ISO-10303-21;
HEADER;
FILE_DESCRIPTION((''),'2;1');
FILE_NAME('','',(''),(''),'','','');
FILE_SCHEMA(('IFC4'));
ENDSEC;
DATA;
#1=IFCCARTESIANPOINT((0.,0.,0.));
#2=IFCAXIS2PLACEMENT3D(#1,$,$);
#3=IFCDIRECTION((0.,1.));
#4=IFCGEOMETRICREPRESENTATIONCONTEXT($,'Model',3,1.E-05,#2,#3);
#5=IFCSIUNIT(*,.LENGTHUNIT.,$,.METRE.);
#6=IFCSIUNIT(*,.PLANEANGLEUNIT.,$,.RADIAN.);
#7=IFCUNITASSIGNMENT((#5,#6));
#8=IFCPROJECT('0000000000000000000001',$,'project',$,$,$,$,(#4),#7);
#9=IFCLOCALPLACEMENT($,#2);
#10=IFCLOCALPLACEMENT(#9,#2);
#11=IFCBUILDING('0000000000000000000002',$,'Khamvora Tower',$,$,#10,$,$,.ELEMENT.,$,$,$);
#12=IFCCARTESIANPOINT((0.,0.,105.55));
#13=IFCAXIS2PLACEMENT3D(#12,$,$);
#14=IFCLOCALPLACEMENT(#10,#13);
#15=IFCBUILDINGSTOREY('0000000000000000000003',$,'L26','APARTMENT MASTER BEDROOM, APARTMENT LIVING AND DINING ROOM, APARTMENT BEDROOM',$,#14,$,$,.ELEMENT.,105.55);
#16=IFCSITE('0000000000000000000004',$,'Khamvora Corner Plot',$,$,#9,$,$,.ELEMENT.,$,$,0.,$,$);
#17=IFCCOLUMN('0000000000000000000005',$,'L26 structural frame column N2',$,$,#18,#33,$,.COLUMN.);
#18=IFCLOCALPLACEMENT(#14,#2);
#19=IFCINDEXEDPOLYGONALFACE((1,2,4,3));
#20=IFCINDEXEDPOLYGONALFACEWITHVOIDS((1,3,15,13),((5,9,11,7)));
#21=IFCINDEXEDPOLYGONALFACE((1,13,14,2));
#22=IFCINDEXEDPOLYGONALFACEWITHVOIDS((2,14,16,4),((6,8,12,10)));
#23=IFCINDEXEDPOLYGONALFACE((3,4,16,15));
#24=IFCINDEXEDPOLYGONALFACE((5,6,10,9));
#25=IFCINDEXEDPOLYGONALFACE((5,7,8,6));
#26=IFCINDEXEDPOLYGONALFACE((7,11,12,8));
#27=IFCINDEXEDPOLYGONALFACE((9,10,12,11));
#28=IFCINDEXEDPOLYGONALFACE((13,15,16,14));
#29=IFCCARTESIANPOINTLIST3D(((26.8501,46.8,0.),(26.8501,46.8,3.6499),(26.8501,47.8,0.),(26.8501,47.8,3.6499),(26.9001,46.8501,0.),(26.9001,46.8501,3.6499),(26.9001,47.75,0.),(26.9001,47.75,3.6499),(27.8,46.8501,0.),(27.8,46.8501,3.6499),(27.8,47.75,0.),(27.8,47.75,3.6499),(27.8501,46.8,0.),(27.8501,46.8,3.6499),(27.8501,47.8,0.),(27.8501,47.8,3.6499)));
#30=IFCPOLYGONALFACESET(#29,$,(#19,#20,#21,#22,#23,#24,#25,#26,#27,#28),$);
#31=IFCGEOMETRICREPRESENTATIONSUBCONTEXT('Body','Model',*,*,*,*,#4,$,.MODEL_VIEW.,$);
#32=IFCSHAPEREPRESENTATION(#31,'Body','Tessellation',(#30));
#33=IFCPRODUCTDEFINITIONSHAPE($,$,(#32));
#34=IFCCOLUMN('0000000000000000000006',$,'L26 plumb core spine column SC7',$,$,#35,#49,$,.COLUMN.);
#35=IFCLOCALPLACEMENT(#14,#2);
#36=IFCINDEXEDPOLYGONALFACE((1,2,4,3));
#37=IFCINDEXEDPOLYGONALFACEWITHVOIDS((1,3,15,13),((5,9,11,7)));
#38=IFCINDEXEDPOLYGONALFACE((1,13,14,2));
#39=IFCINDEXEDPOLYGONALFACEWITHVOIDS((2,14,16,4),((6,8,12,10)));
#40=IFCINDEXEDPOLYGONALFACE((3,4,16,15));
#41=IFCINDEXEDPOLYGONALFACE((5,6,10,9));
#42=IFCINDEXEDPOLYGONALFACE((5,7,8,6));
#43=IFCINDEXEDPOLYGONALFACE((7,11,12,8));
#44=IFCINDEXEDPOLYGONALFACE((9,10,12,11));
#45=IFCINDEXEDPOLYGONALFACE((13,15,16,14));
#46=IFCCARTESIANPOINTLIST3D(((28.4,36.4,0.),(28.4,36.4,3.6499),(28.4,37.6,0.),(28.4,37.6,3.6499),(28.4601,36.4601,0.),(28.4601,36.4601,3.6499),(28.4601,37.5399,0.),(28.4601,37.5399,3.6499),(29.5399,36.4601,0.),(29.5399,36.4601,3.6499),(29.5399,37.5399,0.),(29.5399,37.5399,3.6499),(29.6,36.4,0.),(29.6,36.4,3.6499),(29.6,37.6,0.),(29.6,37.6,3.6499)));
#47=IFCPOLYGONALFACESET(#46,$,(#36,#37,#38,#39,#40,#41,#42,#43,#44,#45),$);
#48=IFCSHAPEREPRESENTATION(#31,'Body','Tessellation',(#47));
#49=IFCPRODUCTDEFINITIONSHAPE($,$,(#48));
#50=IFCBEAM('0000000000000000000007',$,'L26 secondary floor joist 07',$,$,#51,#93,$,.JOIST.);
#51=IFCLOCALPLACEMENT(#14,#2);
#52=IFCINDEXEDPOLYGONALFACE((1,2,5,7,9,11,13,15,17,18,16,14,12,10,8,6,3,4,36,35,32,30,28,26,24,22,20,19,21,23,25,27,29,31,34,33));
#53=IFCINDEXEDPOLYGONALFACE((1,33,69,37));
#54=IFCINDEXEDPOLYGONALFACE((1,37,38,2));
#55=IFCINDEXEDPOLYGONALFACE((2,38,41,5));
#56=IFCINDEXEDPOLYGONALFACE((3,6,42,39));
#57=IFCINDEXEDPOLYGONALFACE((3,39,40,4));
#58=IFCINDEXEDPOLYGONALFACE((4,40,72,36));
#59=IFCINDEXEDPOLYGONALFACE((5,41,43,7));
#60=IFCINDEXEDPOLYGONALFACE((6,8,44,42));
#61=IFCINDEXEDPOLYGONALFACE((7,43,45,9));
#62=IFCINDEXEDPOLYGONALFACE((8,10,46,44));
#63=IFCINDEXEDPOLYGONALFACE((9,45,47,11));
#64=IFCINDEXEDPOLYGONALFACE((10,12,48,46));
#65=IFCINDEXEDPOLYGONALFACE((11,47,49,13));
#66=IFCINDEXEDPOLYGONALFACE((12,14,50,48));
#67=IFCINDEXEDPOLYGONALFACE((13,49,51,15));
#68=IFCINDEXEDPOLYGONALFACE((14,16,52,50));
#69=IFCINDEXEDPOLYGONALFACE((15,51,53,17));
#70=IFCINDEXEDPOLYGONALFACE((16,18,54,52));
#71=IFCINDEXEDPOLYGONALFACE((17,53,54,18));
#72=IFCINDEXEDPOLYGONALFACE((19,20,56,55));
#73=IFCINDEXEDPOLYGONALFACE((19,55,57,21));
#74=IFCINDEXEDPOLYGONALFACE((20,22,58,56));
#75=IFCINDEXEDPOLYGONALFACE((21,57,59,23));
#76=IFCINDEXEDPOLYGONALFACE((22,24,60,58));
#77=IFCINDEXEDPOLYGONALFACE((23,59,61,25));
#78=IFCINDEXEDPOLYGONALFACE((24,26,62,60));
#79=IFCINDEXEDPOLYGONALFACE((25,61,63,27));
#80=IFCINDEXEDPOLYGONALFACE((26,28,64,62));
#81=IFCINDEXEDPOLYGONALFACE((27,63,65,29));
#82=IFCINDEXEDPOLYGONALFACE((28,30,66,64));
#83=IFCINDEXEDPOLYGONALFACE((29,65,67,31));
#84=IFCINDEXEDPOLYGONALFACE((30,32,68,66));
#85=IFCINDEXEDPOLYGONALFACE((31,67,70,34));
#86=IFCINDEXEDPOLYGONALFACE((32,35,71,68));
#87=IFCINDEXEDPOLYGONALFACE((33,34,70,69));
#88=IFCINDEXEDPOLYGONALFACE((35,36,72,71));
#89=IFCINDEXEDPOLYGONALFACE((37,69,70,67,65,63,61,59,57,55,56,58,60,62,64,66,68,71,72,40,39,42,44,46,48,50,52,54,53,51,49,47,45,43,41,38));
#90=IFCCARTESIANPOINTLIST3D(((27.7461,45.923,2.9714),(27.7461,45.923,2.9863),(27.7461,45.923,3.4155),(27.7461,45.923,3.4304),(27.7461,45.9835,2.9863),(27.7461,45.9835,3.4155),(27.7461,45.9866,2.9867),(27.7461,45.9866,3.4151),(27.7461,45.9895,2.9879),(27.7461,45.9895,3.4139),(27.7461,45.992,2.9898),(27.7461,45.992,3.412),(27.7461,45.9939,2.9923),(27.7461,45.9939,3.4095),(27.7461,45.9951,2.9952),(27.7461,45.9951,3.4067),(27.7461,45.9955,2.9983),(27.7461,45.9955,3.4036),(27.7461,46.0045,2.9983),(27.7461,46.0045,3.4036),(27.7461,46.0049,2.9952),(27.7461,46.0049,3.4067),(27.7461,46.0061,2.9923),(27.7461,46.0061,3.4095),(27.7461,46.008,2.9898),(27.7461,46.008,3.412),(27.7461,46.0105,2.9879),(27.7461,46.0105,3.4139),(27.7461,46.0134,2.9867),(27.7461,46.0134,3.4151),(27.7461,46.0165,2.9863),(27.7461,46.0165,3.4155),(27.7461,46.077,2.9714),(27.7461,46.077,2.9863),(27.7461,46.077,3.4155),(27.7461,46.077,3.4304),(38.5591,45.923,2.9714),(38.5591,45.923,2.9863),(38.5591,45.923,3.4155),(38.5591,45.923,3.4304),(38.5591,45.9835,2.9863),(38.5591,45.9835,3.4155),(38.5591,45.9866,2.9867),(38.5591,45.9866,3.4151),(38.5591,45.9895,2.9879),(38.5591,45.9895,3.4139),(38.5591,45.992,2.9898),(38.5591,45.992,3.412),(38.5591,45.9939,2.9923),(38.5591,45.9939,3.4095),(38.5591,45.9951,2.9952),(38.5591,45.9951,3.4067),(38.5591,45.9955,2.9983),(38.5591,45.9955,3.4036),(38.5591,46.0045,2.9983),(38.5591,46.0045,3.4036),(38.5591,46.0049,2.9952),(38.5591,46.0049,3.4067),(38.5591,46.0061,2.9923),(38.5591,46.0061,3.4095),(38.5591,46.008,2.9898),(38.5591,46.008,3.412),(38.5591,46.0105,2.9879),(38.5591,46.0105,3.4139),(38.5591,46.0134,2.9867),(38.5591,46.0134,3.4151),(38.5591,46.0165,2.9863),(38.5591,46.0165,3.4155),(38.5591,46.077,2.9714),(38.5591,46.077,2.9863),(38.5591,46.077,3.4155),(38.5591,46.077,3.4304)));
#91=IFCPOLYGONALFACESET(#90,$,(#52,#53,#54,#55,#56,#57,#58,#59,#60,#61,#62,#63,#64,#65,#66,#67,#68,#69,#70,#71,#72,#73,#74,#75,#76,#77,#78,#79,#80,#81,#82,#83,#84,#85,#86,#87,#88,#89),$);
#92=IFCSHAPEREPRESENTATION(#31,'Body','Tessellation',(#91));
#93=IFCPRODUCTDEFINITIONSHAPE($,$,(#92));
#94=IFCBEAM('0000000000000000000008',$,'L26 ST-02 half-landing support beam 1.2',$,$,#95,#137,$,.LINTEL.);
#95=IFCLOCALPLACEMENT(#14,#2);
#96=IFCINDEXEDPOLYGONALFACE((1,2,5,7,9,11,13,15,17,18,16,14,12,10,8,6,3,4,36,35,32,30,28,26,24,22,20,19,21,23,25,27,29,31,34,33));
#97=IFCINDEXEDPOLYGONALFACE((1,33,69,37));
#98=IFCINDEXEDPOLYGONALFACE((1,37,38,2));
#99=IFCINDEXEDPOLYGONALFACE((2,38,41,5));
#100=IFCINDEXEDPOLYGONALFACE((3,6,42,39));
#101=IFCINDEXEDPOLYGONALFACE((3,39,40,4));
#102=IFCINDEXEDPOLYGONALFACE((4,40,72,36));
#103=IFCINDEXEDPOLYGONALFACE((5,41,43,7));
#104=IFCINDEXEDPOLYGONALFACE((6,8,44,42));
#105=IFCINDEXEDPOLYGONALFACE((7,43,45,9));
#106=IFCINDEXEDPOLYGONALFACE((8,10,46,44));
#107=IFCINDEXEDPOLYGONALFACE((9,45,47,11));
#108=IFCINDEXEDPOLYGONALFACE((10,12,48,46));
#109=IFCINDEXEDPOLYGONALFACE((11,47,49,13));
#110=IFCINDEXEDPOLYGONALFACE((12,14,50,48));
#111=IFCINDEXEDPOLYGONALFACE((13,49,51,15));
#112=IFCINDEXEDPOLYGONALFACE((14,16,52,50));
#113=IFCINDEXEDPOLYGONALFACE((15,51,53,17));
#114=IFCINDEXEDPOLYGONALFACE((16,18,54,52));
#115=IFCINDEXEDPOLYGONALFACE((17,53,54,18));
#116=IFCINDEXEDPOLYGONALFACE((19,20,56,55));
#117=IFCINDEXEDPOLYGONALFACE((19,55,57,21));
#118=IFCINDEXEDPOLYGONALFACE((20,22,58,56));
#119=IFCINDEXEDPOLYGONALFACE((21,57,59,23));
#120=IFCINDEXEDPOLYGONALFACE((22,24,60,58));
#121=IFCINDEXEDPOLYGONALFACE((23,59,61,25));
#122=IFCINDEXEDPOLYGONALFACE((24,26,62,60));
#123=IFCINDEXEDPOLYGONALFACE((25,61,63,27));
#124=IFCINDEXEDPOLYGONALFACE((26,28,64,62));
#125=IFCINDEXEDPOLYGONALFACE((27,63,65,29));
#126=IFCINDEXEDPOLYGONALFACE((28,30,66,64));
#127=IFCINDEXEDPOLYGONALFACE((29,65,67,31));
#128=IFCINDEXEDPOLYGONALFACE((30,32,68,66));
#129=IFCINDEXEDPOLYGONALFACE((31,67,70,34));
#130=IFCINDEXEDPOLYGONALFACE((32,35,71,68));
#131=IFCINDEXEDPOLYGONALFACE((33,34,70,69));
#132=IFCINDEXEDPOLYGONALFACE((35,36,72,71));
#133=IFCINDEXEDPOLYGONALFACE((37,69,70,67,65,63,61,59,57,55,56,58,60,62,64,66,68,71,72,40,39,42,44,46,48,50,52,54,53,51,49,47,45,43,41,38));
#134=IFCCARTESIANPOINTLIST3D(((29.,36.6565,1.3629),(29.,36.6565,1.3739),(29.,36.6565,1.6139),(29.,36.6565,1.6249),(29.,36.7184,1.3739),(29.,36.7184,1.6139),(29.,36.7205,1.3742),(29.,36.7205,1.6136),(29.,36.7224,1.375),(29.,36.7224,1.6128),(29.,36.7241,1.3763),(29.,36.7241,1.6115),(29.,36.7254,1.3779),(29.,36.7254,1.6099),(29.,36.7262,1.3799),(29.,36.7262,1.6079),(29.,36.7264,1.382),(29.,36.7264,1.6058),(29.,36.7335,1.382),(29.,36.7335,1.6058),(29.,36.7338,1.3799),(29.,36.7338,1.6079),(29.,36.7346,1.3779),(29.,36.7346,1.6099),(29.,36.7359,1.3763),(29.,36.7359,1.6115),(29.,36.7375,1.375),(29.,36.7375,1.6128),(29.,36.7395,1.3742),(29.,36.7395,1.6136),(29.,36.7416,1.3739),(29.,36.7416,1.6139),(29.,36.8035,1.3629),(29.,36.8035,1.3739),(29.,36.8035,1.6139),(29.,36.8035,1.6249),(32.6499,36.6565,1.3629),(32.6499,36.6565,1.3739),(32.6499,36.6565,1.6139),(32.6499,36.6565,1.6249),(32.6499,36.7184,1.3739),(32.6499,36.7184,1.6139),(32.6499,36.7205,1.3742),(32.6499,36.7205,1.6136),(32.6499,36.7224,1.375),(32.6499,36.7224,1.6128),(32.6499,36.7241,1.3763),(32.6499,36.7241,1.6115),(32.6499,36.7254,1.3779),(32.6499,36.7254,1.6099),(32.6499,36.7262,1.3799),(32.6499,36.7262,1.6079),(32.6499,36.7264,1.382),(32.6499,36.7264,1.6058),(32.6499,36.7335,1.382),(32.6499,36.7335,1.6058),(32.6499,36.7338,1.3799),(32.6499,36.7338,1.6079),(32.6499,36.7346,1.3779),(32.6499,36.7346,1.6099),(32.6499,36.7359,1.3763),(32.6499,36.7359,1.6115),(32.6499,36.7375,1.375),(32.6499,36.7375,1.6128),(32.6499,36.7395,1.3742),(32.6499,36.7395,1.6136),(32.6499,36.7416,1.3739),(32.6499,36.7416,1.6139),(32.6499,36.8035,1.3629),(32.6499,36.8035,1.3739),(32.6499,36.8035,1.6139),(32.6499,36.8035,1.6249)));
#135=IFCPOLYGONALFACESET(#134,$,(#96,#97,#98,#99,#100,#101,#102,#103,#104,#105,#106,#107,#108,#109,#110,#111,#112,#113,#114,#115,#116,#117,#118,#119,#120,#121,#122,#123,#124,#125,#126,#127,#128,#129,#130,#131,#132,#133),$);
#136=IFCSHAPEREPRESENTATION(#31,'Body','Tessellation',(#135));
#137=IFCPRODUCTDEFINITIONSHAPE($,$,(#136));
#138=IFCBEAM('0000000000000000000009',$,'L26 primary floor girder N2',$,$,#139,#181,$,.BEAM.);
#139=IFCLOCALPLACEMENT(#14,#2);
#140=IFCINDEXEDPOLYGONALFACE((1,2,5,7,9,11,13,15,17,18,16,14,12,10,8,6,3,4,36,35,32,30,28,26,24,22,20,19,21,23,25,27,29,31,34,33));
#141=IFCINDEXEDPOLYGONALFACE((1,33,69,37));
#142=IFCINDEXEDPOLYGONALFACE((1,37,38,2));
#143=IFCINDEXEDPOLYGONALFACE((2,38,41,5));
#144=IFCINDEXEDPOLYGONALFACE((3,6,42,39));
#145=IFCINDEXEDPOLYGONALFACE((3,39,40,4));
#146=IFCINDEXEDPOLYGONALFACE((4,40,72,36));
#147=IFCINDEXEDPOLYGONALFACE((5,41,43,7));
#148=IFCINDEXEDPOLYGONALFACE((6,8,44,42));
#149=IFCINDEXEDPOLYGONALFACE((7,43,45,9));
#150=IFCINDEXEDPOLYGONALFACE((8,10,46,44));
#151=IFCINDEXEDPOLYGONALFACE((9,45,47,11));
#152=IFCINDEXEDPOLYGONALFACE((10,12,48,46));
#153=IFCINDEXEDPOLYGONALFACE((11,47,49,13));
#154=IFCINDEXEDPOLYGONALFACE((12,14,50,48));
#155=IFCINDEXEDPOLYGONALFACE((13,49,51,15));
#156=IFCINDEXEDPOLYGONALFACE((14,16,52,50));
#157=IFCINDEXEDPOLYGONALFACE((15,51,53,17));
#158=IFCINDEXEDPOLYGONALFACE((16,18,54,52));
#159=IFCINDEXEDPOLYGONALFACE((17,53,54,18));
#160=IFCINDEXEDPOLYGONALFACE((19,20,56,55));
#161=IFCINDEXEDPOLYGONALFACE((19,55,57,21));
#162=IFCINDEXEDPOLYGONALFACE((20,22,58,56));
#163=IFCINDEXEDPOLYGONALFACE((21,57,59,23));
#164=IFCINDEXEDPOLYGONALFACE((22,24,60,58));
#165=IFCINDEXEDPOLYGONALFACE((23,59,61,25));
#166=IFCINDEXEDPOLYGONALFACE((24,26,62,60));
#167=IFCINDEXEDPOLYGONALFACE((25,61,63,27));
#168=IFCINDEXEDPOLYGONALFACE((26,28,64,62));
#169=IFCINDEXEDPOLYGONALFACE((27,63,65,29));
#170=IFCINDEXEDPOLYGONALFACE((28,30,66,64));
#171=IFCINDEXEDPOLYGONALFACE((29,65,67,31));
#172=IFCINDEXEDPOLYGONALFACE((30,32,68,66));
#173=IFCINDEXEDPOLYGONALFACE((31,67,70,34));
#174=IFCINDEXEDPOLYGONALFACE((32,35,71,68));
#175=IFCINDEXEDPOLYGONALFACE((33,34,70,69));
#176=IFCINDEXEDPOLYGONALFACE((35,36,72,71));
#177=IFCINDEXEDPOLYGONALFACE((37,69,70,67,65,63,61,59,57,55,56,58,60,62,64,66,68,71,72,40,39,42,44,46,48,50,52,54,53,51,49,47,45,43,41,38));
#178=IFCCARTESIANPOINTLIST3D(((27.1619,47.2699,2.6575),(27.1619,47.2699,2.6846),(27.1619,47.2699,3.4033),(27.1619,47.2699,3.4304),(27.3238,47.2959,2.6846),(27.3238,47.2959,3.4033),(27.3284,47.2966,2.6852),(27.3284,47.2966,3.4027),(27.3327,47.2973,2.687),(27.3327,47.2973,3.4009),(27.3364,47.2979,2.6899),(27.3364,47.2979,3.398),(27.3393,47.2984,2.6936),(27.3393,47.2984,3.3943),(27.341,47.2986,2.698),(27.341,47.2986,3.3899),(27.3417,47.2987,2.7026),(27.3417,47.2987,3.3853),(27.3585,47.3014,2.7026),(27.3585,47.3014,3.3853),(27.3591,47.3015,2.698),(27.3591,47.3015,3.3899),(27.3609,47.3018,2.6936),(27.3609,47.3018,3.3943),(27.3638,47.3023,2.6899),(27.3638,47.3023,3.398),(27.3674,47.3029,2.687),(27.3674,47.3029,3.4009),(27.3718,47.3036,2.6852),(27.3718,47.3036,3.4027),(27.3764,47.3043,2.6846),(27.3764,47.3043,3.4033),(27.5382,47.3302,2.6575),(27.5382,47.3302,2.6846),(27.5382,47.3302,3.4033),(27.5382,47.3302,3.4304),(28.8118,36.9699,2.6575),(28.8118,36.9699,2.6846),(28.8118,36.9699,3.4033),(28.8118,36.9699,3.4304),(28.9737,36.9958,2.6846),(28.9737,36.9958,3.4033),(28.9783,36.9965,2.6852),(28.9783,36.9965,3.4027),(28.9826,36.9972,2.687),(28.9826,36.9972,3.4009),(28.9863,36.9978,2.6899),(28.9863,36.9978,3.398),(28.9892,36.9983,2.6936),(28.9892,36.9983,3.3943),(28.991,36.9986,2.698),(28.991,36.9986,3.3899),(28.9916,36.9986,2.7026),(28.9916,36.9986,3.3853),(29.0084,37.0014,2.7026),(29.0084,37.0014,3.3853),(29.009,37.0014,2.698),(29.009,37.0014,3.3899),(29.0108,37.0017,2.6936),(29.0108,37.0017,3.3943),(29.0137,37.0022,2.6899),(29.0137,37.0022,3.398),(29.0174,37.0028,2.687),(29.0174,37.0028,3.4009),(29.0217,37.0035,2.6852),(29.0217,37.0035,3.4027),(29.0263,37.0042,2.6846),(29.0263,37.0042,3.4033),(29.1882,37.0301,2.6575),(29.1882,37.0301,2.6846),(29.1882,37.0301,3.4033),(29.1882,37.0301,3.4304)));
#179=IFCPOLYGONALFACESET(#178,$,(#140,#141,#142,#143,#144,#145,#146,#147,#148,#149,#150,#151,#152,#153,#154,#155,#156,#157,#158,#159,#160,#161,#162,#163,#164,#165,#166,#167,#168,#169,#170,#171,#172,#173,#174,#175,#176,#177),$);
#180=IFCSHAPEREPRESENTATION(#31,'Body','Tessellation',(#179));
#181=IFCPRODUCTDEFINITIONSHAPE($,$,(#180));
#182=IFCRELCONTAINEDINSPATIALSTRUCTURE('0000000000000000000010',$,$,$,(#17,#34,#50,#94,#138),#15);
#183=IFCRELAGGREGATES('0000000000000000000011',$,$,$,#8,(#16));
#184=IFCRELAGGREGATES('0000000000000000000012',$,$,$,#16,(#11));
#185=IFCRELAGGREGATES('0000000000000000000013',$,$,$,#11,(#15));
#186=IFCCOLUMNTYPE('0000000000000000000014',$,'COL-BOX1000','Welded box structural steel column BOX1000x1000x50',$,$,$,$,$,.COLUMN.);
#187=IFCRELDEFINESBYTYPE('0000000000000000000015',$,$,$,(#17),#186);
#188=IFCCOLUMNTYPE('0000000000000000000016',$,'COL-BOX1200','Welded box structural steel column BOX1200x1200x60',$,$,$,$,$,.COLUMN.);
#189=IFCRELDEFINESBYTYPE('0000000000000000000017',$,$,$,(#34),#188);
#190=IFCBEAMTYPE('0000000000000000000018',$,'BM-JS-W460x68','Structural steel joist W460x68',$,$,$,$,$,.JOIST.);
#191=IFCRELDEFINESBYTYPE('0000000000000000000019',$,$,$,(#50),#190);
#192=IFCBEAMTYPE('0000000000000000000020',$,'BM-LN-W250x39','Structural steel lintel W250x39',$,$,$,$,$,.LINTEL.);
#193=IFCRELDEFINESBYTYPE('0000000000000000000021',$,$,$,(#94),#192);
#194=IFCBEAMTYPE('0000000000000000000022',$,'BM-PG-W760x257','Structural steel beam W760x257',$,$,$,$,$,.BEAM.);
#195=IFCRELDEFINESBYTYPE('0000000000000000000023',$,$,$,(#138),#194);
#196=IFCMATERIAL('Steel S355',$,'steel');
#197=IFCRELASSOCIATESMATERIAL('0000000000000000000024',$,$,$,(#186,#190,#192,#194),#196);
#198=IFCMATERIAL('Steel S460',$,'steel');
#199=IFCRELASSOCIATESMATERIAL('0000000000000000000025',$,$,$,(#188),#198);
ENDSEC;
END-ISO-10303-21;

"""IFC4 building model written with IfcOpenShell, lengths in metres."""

from ifc_helpers import new_model, si_unit, direction, frame, origin, origin_2d, place, context, subcontext, project, spatial, hollow_rectangle, i_section, extrude, material, material_profile, profile_set, type_object, element, save


model = new_model("IFC4")

# Units and contexts
model_context = context("Model", 3, precision=1e-05, world=origin(), true_north=direction((0.0, 1.0)))
body_context = subcontext(model_context, "Body", "Model", "MODEL_VIEW")
ifc_project = project(units=[si_unit("LENGTHUNIT", "METRE"), si_unit("PLANEANGLEUNIT", "RADIAN")], contexts=[model_context])

# Site, building, storey
site_placement = place(None, origin())
site = spatial("IfcSite", under=ifc_project, at=site_placement, Name="Khamvora Corner Plot", CompositionType="ELEMENT", RefElevation=0.0)
building_placement = place(site_placement, origin())
building = spatial("IfcBuilding", under=site, at=building_placement, Name="Khamvora Tower", CompositionType="ELEMENT")
storey_placement = place(building_placement, frame((0.0, 0.0, 105.55)))
storey = spatial("IfcBuildingStorey", under=building, at=storey_placement, Name="L26", Description="APARTMENT MASTER BEDROOM, APARTMENT LIVING AND DINING ROOM, APARTMENT BEDROOM", CompositionType="ELEMENT", Elevation=105.55)

# Columns
ifc_material_1 = material(Name="Steel S355", Category="steel")
ifc_material_profile_1 = material_profile(ifc_material_1, hollow_rectangle(XDim=1.0, YDim=1.0, WallThickness=0.05, at=origin_2d()), Name="BOX1000x1000x50")
ifc_profile_set_1 = profile_set([ifc_material_profile_1], Name="Steel S355")
column_type_1 = type_object("IfcColumnType", Name="COL-BOX1000", Description="Welded box structural steel column BOX1000x1000x50", PredefinedType="COLUMN", material=ifc_profile_set_1)
column_1_placement = place(storey_placement, frame((27.3501, 47.3, 0.0), z_axis=(0.0, 0.0, 1.0), x_axis=(1.0, 0.0, 0.0)))
element("IfcColumn", 1, at=column_1_placement, inside=storey, type_object=column_type_1, Name="L26 structural frame column N2", PredefinedType="COLUMN", context=body_context, shape_type="SweptSolid", body=[
    extrude(hollow_rectangle(XDim=1.0, YDim=1.0, WallThickness=0.05, at=origin_2d()), origin(), (0.0, 0.0, 1.0), 3.6499),
])
ifc_material_2 = material(Name="Steel S460", Category="steel")
ifc_material_profile_2 = material_profile(ifc_material_2, hollow_rectangle(XDim=1.2, YDim=1.2, WallThickness=0.0601, at=origin_2d()), Name="BOX1200x1200x60")
ifc_profile_set_2 = profile_set([ifc_material_profile_2], Name="Steel S460")
column_type_2 = type_object("IfcColumnType", Name="COL-BOX1200", Description="Welded box structural steel column BOX1200x1200x60", PredefinedType="COLUMN", material=ifc_profile_set_2)
column_2_placement = place(storey_placement, frame((29.0, 37.0, 0.0), z_axis=(0.0, 0.0, 1.0), x_axis=(1.0, 0.0, 0.0)))
element("IfcColumn", 2, at=column_2_placement, inside=storey, type_object=column_type_2, Name="L26 plumb core spine column SC7", PredefinedType="COLUMN", context=body_context, shape_type="SweptSolid", body=[
    extrude(hollow_rectangle(XDim=1.2, YDim=1.2, WallThickness=0.0601, at=origin_2d()), origin(), (0.0, 0.0, 1.0), 3.6499),
])

# Beams
ifc_material_profile_3 = material_profile(ifc_material_1, i_section(OverallWidth=0.1541, OverallDepth=0.459, WebThickness=0.009, FlangeThickness=0.0149, FilletRadius=0.012, at=origin_2d()), Name="W460x68")
ifc_profile_set_3 = profile_set([ifc_material_profile_3], Name="Steel S355")
beam_type_1 = type_object("IfcBeamType", Name="BM-JS-W460x68", Description="Structural steel joist W460x68", PredefinedType="JOIST", material=ifc_profile_set_3)
beam_1_placement = place(storey_placement, frame((27.7461, 46.0, 3.2009), z_axis=(1.0, 0.0, 0.0), x_axis=(0.0, 1.0, 0.0)))
element("IfcBeam", 3, at=beam_1_placement, inside=storey, type_object=beam_type_1, Name="L26 secondary floor joist 07", PredefinedType="JOIST", context=body_context, shape_type="SweptSolid", body=[
    extrude(i_section(OverallWidth=0.1541, OverallDepth=0.459, WebThickness=0.009, FlangeThickness=0.0149, FilletRadius=0.012, at=origin_2d()), origin(), (0.0, 0.0, 1.0), 10.813),
])
ifc_material_profile_4 = material_profile(ifc_material_1, i_section(OverallWidth=0.147, OverallDepth=0.262, WebThickness=0.0071, FlangeThickness=0.011, FilletRadius=0.0081, at=origin_2d()), Name="W250x39")
ifc_profile_set_4 = profile_set([ifc_material_profile_4], Name="Steel S355")
beam_type_2 = type_object("IfcBeamType", Name="BM-LN-W250x39", Description="Structural steel lintel W250x39", PredefinedType="LINTEL", material=ifc_profile_set_4)
beam_2_placement = place(storey_placement, frame((29.0, 36.73, 1.4939), z_axis=(1.0, 0.0, 0.0), x_axis=(0.0, 1.0, 0.0)))
element("IfcBeam", 4, at=beam_2_placement, inside=storey, type_object=beam_type_2, Name="L26 ST-02 half-landing support beam 1.2", PredefinedType="LINTEL", context=body_context, shape_type="SweptSolid", body=[
    extrude(i_section(OverallWidth=0.147, OverallDepth=0.262, WebThickness=0.0071, FlangeThickness=0.011, FilletRadius=0.0081, at=origin_2d()), origin(), (0.0, 0.0, 1.0), 3.6499),
])
ifc_material_profile_5 = material_profile(ifc_material_1, i_section(OverallWidth=0.3811, OverallDepth=0.7729, WebThickness=0.0171, FlangeThickness=0.0271, FilletRadius=0.0181, at=origin_2d()), Name="W760x257")
ifc_profile_set_5 = profile_set([ifc_material_profile_5], Name="Steel S355")
beam_type_3 = type_object("IfcBeamType", Name="BM-PG-W760x257", Description="Structural steel beam W760x257", PredefinedType="BEAM", material=ifc_profile_set_5)
beam_3_placement = place(storey_placement, frame((29.0, 37.0, 3.0439), z_axis=(-0.158168, 0.987412, 0.0), x_axis=(-0.987412, -0.158168, 0.0)))
element("IfcBeam", 5, at=beam_3_placement, inside=storey, type_object=beam_type_3, Name="L26 primary floor girder N2", PredefinedType="BEAM", context=body_context, shape_type="SweptSolid", body=[
    extrude(i_section(OverallWidth=0.3811, OverallDepth=0.7729, WebThickness=0.0171, FlangeThickness=0.0271, FilletRadius=0.0181, at=origin_2d()), origin(), (0.0, 0.0, 1.0), 10.4314),
])

save(model, "model.ifc")
